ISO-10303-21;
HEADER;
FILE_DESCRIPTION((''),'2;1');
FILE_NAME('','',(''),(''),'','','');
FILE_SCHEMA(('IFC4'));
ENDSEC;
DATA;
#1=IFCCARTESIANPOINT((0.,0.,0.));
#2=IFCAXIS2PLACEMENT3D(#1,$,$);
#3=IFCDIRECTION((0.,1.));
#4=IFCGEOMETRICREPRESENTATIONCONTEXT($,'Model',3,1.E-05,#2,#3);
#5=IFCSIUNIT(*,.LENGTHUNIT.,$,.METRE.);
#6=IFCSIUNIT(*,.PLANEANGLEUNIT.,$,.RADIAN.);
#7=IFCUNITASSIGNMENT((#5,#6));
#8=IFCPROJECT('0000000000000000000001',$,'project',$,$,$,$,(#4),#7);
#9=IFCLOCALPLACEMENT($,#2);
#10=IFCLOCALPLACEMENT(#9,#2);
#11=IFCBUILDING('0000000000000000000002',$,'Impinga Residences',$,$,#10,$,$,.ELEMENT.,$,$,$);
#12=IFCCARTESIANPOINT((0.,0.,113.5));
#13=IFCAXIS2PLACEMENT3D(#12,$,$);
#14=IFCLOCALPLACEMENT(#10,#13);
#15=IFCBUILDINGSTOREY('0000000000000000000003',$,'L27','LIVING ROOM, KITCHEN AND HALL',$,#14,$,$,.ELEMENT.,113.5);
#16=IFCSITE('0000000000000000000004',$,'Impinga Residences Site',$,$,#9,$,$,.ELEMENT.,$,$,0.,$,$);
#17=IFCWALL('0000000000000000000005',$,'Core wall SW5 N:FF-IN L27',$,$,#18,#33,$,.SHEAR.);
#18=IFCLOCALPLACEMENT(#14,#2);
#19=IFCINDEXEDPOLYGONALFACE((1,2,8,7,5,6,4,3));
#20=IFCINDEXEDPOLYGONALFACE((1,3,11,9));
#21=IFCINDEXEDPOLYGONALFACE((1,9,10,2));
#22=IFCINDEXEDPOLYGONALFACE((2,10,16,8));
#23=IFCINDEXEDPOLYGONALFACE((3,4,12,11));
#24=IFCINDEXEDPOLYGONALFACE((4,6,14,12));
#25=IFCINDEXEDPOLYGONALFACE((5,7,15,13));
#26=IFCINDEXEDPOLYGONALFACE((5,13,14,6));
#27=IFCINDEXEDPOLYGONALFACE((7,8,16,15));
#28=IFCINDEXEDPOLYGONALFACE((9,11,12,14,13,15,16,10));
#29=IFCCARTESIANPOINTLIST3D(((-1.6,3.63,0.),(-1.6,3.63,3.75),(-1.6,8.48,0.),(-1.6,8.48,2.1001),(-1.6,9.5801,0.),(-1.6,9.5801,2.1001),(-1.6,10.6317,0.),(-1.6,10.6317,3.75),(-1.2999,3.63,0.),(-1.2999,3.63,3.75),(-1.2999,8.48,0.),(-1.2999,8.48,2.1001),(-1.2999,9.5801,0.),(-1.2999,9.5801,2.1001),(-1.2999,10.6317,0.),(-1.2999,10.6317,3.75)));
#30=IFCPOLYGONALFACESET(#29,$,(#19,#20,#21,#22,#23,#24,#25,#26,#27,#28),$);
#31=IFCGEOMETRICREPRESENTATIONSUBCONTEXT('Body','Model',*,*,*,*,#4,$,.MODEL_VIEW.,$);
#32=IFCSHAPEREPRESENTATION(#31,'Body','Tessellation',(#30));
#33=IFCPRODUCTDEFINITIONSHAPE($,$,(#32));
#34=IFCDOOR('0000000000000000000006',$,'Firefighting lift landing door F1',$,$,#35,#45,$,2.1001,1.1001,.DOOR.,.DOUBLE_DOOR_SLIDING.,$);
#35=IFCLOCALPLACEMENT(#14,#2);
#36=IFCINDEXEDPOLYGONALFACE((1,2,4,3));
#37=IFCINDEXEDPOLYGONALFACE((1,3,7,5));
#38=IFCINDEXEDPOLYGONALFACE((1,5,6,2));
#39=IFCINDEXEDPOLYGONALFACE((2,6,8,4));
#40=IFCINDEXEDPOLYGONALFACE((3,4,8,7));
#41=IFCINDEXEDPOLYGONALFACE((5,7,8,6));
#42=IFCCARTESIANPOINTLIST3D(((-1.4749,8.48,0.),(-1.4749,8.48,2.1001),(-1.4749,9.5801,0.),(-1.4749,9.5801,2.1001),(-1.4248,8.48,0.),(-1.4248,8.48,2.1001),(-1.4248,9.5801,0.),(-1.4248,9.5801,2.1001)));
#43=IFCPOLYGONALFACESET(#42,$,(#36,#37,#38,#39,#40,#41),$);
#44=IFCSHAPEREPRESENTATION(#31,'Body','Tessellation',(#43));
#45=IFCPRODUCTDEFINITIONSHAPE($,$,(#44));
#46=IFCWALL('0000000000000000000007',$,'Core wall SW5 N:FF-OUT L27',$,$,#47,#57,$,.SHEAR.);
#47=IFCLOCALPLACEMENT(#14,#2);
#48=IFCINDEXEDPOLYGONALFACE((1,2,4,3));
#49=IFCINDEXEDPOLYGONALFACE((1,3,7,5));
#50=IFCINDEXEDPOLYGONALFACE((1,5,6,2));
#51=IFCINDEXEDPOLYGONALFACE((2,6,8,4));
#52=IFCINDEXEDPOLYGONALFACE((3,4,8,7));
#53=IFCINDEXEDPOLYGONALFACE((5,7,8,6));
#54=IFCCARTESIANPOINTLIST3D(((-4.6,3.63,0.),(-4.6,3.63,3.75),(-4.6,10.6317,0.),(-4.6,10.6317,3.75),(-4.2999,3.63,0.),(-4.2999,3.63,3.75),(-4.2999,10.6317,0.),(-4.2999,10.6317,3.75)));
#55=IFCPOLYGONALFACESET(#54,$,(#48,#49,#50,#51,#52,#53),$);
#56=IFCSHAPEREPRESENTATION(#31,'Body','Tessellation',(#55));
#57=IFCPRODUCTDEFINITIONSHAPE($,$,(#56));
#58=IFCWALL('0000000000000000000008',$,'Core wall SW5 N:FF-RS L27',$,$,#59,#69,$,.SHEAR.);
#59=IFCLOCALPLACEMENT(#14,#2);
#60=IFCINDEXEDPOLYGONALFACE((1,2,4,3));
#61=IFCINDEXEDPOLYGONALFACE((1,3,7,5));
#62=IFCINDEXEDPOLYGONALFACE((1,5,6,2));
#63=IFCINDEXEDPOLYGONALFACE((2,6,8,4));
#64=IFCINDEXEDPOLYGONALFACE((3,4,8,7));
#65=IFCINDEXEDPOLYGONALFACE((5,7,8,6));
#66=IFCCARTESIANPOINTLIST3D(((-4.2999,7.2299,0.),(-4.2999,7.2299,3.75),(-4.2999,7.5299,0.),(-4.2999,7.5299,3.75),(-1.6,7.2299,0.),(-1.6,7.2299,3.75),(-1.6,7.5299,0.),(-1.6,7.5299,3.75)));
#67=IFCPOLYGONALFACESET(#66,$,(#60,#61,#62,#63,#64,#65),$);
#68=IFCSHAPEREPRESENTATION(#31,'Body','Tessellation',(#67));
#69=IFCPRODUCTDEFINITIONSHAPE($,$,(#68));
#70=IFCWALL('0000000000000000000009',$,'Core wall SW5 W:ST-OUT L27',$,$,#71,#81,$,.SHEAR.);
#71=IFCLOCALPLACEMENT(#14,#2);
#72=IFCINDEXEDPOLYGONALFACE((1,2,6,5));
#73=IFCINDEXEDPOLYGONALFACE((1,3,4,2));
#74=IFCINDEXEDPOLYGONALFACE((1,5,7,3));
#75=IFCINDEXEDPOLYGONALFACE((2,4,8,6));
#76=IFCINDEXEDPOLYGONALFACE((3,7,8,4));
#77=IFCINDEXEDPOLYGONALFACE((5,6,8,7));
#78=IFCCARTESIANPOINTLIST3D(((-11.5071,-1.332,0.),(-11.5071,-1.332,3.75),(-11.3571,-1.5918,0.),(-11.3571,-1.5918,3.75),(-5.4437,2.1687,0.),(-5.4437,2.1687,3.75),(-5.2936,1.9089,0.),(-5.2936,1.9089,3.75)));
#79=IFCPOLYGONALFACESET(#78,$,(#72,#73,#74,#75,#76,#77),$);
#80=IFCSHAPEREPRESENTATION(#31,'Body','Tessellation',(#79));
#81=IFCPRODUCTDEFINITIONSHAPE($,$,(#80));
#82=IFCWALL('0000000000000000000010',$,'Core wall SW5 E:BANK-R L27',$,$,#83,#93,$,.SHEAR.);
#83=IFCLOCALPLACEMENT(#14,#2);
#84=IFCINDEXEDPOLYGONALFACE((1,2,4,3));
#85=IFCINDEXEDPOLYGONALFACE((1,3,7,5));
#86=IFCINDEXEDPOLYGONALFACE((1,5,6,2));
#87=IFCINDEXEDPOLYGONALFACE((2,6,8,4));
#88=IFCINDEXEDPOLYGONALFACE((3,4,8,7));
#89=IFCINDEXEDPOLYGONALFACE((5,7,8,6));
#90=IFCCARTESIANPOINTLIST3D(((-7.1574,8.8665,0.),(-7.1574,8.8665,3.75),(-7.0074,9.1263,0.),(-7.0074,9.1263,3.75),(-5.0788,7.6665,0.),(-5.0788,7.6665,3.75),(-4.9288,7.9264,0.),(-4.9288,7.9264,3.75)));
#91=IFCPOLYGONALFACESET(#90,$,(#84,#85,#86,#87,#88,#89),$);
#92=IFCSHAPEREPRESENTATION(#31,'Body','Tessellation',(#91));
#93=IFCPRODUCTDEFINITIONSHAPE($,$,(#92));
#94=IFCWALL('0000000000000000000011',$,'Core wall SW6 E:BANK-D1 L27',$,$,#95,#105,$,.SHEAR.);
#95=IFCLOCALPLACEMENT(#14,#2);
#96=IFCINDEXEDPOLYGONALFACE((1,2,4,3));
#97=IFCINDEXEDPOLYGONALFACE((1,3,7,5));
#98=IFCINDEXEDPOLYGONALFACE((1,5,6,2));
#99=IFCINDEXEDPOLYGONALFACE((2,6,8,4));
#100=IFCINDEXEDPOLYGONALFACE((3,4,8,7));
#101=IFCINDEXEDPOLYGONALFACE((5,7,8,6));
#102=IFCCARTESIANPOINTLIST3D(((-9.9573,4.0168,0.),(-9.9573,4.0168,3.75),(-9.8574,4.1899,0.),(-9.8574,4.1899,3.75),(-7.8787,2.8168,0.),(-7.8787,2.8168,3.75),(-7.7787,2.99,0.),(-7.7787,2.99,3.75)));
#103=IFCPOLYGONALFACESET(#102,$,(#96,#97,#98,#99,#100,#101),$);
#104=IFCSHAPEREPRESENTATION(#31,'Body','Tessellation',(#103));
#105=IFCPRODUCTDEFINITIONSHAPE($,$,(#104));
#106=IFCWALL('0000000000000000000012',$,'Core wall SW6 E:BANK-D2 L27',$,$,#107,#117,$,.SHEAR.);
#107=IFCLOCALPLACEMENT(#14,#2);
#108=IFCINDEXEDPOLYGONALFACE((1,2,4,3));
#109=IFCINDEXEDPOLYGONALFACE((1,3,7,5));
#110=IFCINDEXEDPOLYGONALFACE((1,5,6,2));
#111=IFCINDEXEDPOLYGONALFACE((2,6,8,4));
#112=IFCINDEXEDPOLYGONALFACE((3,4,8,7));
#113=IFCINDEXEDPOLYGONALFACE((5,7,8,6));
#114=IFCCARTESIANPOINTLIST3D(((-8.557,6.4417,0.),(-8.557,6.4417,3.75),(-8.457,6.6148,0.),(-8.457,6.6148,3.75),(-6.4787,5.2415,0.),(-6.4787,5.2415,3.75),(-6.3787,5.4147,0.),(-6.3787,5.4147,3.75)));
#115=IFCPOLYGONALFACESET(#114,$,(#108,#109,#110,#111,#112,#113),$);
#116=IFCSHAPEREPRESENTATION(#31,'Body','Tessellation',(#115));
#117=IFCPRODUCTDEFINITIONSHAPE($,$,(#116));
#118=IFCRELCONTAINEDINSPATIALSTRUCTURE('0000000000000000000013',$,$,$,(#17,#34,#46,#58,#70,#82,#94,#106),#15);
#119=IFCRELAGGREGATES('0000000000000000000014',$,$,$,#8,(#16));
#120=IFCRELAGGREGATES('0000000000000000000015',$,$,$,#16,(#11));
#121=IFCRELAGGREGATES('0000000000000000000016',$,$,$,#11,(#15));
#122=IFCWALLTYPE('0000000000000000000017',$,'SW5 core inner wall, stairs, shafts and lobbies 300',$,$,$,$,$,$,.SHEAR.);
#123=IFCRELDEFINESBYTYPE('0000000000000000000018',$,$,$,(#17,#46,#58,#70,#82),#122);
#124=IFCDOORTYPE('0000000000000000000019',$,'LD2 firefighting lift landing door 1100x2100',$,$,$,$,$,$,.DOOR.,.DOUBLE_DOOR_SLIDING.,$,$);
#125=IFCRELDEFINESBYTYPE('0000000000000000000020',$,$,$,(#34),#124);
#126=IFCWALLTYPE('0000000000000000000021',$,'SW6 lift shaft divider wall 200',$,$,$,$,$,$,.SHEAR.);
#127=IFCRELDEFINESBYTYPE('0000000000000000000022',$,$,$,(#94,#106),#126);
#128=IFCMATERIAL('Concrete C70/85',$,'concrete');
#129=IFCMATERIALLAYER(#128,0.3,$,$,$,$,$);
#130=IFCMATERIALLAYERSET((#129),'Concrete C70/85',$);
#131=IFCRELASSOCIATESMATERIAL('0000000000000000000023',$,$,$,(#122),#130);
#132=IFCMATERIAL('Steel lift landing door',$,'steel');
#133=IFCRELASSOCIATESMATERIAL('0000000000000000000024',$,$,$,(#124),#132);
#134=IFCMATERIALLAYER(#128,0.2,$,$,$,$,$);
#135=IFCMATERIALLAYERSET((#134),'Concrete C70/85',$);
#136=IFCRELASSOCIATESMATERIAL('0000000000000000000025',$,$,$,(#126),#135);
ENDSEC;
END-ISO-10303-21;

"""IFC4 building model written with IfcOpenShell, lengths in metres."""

from ifc_helpers import new_model, si_unit, direction, frame, frame_2d, origin, place, context, subcontext, project, spatial, rectangle, extrude, material, layer, layer_set, type_object, element, fill, save


model = new_model("IFC4")

# Units and contexts
model_context = context("Model", 3, precision=1e-05, world=origin(), true_north=direction((0.0, 1.0)))
body_context = subcontext(model_context, "Body", "Model", "MODEL_VIEW")
ifc_project = project(units=[si_unit("LENGTHUNIT", "METRE"), si_unit("PLANEANGLEUNIT", "RADIAN")], contexts=[model_context])

# Site, building, storey
site_placement = place(None, origin())
site = spatial("IfcSite", under=ifc_project, at=site_placement, Name="Impinga Residences Site", CompositionType="ELEMENT", RefElevation=0.0)
building_placement = place(site_placement, origin())
building = spatial("IfcBuilding", under=site, at=building_placement, Name="Impinga Residences", CompositionType="ELEMENT")
storey_placement = place(building_placement, frame((0.0, 0.0, 113.5)))
storey = spatial("IfcBuildingStorey", under=building, at=storey_placement, Name="L27", Description="LIVING ROOM, KITCHEN AND HALL", CompositionType="ELEMENT", Elevation=113.5)

# Shared definitions
ifc_material_1 = material(Name="Concrete C70/85", Category="concrete")
ifc_layer_1 = layer(ifc_material_1, 0.3)
ifc_layer_set_1 = layer_set([ifc_layer_1], Name="Concrete C70/85")
wall_type_1 = type_object("IfcWallType", Name="SW5 core inner wall, stairs, shafts and lobbies 300", PredefinedType="SHEAR", material=ifc_layer_set_1)

# Wall, opening, door
wall_1_placement = place(storey_placement, frame((-1.45, 3.6299, 0.0), z_axis=(0.0, 0.0, 1.0), x_axis=(0.0, 1.0, 0.0)))
wall_1 = element("IfcWall", 1, at=wall_1_placement, inside=storey, type_object=wall_type_1, Name="Core wall SW5 N:FF-IN L27", PredefinedType="SHEAR", context=body_context, shape_type="SweptSolid", body=[
    extrude(rectangle(XDim=7.0017, YDim=0.3, at=frame_2d((3.501, 0.0))), origin(), (0.0, 0.0, 1.0), 3.75),
])
opening_1_placement = place(wall_1_placement, frame((4.8501, 0.0, 0.0)))
opening_1 = element("IfcOpeningElement", 2, at=opening_1_placement, cuts=wall_1, PredefinedType="OPENING", context=body_context, shape_type="SweptSolid", body=[
    extrude(rectangle(XDim=1.1001, YDim=2.1001, at=frame_2d((0.55, 1.05))), frame((0.0, 0.1599, 0.0), z_axis=(0.0, -1.0, 0.0), x_axis=(1.0, 0.0, 0.0)), (0.0, 0.0, 1.0), 0.3201),
])
ifc_material_2 = material(Name="Steel lift landing door", Category="steel")
door_type_1 = type_object("IfcDoorType", Name="LD2 firefighting lift landing door 1100x2100", OperationType="DOUBLE_DOOR_SLIDING", PredefinedType="DOOR", material=ifc_material_2)
door_1_placement = place(opening_1_placement, origin())
door_1 = element("IfcDoor", 3, at=door_1_placement, inside=storey, type_object=door_type_1, Name="Firefighting lift landing door F1", OperationType="DOUBLE_DOOR_SLIDING", OverallHeight=2.1001, OverallWidth=1.1001, PredefinedType="DOOR", context=body_context, shape_type="SweptSolid", body=[
    extrude(rectangle(XDim=1.1001, YDim=2.1001, at=frame_2d((0.55, 1.05))), frame((0.0, 0.0249, 0.0), z_axis=(0.0, -1.0, 0.0), x_axis=(1.0, 0.0, 0.0)), (0.0, 0.0, 1.0), 0.05),
])
fill(opening_1, door_1)

# Walls
wall_2_placement = place(storey_placement, frame((-4.45, 3.6299, 0.0), z_axis=(0.0, 0.0, 1.0), x_axis=(0.0, 1.0, 0.0)))
element("IfcWall", 4, at=wall_2_placement, inside=storey, type_object=wall_type_1, Name="Core wall SW5 N:FF-OUT L27", PredefinedType="SHEAR", context=body_context, shape_type="SweptSolid", body=[
    extrude(rectangle(XDim=7.0017, YDim=0.3, at=frame_2d((3.501, 0.0))), origin(), (0.0, 0.0, 1.0), 3.75),
])
wall_3_placement = place(storey_placement, frame((-4.3, 7.3799, 0.0), z_axis=(0.0, 0.0, 1.0), x_axis=(1.0, 0.0, 0.0)))
element("IfcWall", 5, at=wall_3_placement, inside=storey, type_object=wall_type_1, Name="Core wall SW5 N:FF-RS L27", PredefinedType="SHEAR", context=body_context, shape_type="SweptSolid", body=[
    extrude(rectangle(XDim=2.7, YDim=0.3, at=frame_2d((1.3501, 0.0))), origin(), (0.0, 0.0, 1.0), 3.75),
])
wall_4_placement = place(storey_placement, frame((-5.3687, 2.0388, 0.0), z_axis=(0.0, 0.0, 1.0), x_axis=(-0.866026, -0.499998, 0.0)))
element("IfcWall", 6, at=wall_4_placement, inside=storey, type_object=wall_type_1, Name="Core wall SW5 W:ST-OUT L27", PredefinedType="SHEAR", context=body_context, shape_type="SweptSolid", body=[
    extrude(rectangle(XDim=7.0015, YDim=0.3, at=frame_2d((3.5007, 0.0))), origin(), (0.0, 0.0, 1.0), 3.75),
])
wall_5_placement = place(storey_placement, frame((-5.0037, 7.7964, 0.0), z_axis=(0.0, 0.0, 1.0), x_axis=(-0.86605, 0.499957, 0.0)))
element("IfcWall", 7, at=wall_5_placement, inside=storey, type_object=wall_type_1, Name="Core wall SW5 E:BANK-R L27", PredefinedType="SHEAR", context=body_context, shape_type="SweptSolid", body=[
    extrude(rectangle(XDim=2.4001, YDim=0.3, at=frame_2d((1.2002, 0.0))), origin(), (0.0, 0.0, 1.0), 3.75),
])
ifc_layer_2 = layer(ifc_material_1, 0.2)
ifc_layer_set_2 = layer_set([ifc_layer_2], Name="Concrete C70/85")
wall_type_2 = type_object("IfcWallType", Name="SW6 lift shaft divider wall 200", PredefinedType="SHEAR", material=ifc_layer_set_2)
wall_6_placement = place(storey_placement, frame((-7.8286, 2.9033, 0.0), z_axis=(0.0, 0.0, 1.0), x_axis=(-0.86605, 0.499957, 0.0)))
element("IfcWall", 8, at=wall_6_placement, inside=storey, type_object=wall_type_2, Name="Core wall SW6 E:BANK-D1 L27", PredefinedType="SHEAR", context=body_context, shape_type="SweptSolid", body=[
    extrude(rectangle(XDim=2.4001, YDim=0.2, at=frame_2d((1.2002, 0.0))), origin(), (0.0, 0.0, 1.0), 3.75),
])
wall_7_placement = place(storey_placement, frame((-6.4287, 5.3281, 0.0), z_axis=(0.0, 0.0, 1.0), x_axis=(-0.865981, 0.500078, 0.0)))
element("IfcWall", 9, at=wall_7_placement, inside=storey, type_object=wall_type_2, Name="Core wall SW6 E:BANK-D2 L27", PredefinedType="SHEAR", context=body_context, shape_type="SweptSolid", body=[
    extrude(rectangle(XDim=2.3999, YDim=0.2, at=frame_2d((1.2, 0.0))), origin(), (0.0, 0.0, 1.0), 3.75),
])

save(model, "model.ifc")
